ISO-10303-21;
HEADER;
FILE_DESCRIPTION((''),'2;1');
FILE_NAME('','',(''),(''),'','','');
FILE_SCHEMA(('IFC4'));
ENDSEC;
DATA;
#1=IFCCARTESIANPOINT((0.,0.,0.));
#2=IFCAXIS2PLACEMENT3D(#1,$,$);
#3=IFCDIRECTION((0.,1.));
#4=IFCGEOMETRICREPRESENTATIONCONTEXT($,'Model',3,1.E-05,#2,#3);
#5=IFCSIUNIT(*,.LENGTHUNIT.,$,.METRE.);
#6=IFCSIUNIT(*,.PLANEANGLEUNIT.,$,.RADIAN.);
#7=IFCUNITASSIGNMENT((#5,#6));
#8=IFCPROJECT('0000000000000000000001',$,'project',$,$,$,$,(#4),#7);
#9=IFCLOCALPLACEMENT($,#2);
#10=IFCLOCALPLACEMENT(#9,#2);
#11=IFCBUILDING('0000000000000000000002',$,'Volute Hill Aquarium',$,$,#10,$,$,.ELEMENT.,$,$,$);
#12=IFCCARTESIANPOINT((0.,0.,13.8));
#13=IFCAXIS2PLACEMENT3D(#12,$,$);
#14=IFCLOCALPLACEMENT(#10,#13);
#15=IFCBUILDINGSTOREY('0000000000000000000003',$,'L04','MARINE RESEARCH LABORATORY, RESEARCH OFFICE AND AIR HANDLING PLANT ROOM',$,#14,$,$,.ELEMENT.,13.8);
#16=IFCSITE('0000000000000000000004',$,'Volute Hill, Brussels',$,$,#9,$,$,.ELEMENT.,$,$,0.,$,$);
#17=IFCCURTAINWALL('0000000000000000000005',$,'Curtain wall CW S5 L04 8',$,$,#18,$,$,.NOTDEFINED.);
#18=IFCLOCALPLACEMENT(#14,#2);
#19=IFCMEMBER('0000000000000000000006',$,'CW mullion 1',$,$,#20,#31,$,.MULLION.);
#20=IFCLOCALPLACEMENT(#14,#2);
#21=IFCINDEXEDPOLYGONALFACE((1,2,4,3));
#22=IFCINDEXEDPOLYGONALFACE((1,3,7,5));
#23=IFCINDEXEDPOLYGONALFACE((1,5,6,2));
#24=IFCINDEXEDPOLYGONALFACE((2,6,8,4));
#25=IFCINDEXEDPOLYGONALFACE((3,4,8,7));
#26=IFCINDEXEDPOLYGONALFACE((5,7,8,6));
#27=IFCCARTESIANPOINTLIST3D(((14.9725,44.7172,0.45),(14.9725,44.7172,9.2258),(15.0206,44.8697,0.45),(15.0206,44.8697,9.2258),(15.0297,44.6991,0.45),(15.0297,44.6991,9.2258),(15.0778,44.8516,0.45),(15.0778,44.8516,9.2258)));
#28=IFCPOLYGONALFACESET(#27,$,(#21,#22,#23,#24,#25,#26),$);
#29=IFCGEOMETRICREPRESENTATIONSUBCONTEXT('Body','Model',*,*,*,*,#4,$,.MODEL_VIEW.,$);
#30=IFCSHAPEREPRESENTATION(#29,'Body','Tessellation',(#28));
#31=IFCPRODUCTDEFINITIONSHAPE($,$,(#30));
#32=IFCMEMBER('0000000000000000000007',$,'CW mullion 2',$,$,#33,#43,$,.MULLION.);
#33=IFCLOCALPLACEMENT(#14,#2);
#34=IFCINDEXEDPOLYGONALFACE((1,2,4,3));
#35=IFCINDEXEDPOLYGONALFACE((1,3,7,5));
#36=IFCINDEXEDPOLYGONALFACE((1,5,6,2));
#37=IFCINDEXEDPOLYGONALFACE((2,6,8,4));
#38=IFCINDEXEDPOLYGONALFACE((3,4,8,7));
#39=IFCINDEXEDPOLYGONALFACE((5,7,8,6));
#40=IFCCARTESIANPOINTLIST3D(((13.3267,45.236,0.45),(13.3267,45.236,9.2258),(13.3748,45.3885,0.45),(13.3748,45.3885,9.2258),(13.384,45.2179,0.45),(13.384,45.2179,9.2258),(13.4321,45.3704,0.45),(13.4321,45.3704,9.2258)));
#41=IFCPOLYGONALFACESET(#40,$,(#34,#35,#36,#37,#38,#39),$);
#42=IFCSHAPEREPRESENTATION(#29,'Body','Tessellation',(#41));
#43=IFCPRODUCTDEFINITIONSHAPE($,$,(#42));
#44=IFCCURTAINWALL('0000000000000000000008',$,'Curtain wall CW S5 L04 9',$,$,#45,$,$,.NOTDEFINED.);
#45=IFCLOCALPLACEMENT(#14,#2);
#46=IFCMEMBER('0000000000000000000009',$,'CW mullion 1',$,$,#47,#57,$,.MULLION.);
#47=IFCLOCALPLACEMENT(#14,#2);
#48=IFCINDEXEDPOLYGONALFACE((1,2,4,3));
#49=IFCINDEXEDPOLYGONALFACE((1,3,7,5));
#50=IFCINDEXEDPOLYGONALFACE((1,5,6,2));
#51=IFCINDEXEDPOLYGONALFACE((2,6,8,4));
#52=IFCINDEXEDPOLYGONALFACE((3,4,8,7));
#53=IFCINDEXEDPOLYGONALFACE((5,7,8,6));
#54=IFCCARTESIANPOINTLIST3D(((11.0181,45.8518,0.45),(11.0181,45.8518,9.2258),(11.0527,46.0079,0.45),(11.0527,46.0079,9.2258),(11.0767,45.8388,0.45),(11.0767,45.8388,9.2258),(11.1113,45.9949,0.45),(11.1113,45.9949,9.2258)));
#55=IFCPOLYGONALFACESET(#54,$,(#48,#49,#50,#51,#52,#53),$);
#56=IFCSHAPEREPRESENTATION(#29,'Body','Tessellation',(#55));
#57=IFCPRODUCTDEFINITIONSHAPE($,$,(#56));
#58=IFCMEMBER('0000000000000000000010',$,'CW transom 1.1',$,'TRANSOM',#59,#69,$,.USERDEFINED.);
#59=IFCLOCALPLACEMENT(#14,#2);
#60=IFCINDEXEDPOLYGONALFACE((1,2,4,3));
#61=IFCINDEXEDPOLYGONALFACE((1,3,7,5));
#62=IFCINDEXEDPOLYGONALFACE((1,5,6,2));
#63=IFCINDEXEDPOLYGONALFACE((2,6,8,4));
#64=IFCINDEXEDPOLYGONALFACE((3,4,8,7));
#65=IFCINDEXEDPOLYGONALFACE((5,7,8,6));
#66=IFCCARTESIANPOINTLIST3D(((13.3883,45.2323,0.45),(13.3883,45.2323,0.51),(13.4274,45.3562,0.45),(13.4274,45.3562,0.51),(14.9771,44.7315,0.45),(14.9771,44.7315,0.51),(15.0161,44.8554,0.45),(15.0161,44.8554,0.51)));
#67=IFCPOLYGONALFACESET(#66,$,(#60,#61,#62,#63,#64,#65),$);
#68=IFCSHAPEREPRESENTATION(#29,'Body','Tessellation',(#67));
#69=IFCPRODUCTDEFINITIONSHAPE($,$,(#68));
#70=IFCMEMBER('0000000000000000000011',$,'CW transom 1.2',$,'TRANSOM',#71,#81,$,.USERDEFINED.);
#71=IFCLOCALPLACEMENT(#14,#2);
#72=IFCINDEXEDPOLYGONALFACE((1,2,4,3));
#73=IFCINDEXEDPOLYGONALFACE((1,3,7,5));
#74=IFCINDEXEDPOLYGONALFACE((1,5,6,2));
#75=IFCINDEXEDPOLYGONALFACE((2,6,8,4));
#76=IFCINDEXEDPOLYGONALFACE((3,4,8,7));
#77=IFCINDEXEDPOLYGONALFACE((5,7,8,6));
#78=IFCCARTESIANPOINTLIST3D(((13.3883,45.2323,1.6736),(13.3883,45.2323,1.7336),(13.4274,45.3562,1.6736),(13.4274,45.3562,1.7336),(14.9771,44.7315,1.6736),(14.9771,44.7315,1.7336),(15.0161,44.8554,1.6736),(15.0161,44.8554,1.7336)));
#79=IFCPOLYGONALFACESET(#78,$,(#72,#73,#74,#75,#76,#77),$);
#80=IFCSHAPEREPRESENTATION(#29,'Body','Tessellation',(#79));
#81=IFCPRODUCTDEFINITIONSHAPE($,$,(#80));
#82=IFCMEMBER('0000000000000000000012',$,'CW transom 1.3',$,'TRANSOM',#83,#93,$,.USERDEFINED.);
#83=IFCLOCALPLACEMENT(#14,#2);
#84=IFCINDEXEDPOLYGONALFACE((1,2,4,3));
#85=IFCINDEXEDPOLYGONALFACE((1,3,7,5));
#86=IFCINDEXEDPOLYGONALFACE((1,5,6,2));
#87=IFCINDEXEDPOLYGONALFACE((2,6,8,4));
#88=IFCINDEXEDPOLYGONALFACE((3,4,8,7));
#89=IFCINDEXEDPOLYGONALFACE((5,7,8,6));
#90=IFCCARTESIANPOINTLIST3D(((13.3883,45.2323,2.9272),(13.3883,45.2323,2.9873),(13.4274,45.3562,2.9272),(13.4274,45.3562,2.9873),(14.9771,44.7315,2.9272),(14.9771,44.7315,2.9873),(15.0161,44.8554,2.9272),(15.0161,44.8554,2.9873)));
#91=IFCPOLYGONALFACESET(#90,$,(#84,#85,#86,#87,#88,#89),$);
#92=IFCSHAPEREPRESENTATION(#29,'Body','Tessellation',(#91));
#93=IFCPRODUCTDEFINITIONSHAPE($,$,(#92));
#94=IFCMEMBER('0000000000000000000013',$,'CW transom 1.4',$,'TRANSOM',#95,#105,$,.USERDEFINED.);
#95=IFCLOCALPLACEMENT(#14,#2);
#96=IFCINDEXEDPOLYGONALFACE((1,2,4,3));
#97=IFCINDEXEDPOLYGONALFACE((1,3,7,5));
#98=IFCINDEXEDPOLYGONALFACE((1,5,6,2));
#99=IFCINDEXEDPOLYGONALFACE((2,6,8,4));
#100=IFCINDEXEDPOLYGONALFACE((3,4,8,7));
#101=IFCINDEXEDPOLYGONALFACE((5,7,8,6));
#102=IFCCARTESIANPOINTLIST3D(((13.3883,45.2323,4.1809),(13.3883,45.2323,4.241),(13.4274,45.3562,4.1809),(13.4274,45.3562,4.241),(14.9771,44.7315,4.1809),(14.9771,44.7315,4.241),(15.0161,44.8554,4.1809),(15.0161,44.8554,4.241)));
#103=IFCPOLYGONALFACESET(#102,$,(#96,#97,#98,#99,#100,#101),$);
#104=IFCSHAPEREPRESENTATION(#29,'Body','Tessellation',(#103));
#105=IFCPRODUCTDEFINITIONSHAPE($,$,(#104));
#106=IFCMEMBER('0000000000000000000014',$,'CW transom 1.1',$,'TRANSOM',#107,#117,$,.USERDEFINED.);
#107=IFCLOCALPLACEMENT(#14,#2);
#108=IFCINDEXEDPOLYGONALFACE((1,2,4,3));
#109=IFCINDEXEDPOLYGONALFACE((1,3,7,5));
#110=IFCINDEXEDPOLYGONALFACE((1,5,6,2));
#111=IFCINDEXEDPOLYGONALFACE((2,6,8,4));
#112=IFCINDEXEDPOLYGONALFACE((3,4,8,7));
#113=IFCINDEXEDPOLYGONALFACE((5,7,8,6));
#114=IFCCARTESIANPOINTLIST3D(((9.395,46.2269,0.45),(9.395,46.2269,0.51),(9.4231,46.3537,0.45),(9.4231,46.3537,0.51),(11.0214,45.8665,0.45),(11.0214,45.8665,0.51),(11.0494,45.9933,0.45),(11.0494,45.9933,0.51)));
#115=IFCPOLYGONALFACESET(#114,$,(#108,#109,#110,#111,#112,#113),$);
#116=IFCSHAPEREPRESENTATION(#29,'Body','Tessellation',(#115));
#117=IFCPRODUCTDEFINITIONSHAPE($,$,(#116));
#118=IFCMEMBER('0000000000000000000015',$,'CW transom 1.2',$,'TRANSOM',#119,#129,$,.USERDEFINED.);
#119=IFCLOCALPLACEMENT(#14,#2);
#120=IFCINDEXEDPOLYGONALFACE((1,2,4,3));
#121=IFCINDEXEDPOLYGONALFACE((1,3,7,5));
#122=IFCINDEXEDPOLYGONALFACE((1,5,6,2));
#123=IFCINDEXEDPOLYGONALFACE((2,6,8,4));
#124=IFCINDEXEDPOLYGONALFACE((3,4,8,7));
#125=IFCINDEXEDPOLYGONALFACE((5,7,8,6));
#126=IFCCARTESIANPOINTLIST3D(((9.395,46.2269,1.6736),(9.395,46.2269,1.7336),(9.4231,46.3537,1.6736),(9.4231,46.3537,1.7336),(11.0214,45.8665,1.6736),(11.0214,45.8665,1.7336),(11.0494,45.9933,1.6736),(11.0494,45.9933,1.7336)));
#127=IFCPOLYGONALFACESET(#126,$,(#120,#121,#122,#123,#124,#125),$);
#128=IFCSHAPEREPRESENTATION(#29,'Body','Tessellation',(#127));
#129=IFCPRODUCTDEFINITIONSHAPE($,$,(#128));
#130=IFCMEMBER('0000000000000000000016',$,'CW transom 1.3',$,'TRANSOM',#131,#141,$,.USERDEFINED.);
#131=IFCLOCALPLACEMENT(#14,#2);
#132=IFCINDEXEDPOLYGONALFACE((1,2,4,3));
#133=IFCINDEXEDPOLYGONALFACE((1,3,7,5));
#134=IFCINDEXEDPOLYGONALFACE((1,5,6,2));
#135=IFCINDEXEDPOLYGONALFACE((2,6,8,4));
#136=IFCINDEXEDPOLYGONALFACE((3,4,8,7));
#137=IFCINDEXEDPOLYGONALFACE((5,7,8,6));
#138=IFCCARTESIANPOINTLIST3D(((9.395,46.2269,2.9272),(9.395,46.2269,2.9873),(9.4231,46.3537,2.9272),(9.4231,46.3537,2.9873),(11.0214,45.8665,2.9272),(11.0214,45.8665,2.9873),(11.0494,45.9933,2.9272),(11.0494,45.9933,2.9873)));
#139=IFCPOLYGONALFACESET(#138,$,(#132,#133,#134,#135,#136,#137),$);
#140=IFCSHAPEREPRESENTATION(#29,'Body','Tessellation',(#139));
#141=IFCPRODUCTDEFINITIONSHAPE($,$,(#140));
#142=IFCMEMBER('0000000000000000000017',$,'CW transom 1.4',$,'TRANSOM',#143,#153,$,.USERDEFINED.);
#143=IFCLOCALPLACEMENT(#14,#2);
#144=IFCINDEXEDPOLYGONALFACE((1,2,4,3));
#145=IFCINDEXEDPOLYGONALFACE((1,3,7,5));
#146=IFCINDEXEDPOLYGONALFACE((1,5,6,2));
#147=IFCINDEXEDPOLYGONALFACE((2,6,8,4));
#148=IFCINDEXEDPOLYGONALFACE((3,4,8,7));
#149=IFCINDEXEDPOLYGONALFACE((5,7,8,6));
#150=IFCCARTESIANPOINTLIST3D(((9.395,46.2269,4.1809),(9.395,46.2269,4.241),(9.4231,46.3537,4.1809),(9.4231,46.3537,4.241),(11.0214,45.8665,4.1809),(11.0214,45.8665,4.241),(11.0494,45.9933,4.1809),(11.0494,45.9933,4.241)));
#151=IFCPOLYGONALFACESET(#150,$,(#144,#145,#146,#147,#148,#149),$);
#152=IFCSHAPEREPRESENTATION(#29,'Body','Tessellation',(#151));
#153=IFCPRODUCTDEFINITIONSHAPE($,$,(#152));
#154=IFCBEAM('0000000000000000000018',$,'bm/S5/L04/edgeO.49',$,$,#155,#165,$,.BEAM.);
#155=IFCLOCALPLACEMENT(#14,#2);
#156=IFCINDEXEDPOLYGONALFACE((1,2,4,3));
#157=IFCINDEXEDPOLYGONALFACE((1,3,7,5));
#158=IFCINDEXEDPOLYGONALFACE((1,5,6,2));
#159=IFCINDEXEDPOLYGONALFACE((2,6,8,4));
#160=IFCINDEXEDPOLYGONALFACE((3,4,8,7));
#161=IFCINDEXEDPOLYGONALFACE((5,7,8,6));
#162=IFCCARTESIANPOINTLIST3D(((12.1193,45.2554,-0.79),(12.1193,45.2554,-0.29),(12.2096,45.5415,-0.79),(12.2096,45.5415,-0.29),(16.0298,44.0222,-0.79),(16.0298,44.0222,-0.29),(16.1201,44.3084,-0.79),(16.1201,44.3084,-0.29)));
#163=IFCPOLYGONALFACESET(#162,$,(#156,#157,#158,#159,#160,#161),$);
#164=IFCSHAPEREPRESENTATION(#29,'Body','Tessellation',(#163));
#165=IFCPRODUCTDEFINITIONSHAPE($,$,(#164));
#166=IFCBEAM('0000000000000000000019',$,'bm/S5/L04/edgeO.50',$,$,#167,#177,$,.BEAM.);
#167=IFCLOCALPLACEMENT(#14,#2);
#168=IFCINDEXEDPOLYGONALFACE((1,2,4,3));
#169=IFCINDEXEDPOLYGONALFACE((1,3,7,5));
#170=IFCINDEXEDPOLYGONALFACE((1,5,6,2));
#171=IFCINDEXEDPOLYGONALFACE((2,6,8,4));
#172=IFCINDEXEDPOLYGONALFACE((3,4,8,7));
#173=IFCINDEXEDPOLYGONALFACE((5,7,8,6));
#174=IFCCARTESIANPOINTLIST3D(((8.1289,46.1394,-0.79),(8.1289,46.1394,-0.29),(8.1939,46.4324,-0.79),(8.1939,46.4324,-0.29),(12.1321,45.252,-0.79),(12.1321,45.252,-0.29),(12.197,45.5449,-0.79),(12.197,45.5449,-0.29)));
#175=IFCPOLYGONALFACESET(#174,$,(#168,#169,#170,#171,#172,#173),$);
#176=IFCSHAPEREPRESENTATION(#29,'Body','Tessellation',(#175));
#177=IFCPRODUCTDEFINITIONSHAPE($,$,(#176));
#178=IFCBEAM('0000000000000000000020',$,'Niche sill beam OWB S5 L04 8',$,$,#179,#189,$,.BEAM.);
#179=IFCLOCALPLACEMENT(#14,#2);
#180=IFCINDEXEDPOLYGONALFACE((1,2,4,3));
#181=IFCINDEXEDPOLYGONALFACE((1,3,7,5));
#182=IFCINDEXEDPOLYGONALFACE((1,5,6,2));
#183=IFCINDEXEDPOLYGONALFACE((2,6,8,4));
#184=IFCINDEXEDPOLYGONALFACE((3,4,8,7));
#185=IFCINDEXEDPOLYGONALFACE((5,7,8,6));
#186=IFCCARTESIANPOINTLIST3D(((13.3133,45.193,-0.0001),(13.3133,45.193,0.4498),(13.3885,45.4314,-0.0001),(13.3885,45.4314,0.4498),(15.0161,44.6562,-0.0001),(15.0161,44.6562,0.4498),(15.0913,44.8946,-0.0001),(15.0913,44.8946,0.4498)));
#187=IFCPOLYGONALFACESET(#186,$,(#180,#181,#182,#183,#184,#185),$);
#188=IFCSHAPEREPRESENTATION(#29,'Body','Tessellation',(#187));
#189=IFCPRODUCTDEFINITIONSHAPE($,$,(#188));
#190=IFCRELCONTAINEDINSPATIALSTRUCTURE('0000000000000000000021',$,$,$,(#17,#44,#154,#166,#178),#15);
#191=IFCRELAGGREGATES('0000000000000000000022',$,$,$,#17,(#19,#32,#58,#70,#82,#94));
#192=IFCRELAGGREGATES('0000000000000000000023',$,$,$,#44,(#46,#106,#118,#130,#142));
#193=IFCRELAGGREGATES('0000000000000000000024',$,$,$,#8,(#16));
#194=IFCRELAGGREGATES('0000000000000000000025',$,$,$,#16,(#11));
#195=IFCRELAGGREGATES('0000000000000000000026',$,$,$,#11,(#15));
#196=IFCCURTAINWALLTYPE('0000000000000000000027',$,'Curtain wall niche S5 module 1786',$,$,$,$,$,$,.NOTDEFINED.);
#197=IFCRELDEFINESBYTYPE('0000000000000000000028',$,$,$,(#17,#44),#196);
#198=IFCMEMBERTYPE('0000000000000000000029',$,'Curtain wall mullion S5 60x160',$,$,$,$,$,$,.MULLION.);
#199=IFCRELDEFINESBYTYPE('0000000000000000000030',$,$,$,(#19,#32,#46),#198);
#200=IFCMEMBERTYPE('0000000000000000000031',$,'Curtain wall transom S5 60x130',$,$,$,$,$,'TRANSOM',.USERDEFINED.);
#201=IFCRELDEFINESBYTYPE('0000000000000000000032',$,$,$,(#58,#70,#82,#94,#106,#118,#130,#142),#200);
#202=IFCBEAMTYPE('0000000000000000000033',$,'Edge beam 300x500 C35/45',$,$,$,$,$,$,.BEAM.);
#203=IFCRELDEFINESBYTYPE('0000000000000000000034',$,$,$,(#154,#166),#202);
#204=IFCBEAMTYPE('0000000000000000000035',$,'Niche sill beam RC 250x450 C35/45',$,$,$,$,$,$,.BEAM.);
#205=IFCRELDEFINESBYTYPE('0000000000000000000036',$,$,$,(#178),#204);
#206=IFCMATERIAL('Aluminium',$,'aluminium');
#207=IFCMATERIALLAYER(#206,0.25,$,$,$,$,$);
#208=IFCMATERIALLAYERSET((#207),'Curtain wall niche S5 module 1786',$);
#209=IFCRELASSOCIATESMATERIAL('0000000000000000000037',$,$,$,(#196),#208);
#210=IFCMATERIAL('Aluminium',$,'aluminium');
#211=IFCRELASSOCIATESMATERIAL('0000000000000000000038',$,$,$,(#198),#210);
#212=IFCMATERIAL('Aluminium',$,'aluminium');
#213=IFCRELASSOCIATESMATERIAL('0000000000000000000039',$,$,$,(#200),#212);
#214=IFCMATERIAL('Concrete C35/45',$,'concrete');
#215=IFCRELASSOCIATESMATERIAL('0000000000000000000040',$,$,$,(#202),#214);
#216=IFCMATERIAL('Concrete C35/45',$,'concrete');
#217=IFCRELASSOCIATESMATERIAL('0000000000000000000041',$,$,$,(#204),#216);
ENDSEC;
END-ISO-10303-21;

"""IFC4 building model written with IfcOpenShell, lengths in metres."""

from ifc_helpers import new_model, si_unit, direction, frame, origin, origin_2d, place, context, subcontext, project, spatial, rectangle, extrude, material, layer, layer_set, material_profile, profile_set, type_object, element, aggregate, save


model = new_model("IFC4")

# Units and contexts
model_context = context("Model", 3, precision=1e-05, world=origin(), true_north=direction((0.0, 1.0)))
body_context = subcontext(model_context, "Body", "Model", "MODEL_VIEW")
ifc_project = project(units=[si_unit("LENGTHUNIT", "METRE"), si_unit("PLANEANGLEUNIT", "RADIAN")], contexts=[model_context])

# Site, building, storey
site_placement = place(None, origin())
site = spatial("IfcSite", under=ifc_project, at=site_placement, Name="Volute Hill, Brussels", CompositionType="ELEMENT", RefElevation=0.0)
building_placement = place(site_placement, origin())
building = spatial("IfcBuilding", under=site, at=building_placement, Name="Volute Hill Aquarium", CompositionType="ELEMENT")
storey_placement = place(building_placement, frame((0.0, 0.0, 13.8)))
storey = spatial("IfcBuildingStorey", under=building, at=storey_placement, Name="L04", Description="MARINE RESEARCH LABORATORY, RESEARCH OFFICE AND AIR HANDLING PLANT ROOM", CompositionType="ELEMENT", Elevation=13.8)

# Curtain wall, members
ifc_material_1 = material(Name="Aluminium", Category="aluminium")
ifc_layer_1 = layer(ifc_material_1, 0.25)
ifc_layer_set_1 = layer_set([ifc_layer_1], Name="Curtain wall niche S5 module 1786")
curtain_wall_type = type_object("IfcCurtainWallType", Name="Curtain wall niche S5 module 1786", PredefinedType="NOTDEFINED", material=ifc_layer_set_1)
curtain_wall_1_placement = place(storey_placement, origin())
curtain_wall_1 = element("IfcCurtainWall", 1, at=curtain_wall_1_placement, inside=storey, type_object=curtain_wall_type, Name="Curtain wall CW S5 L04 8", PredefinedType="NOTDEFINED")
ifc_material_2 = material(Name="Aluminium", Category="aluminium")
ifc_material_profile_1 = material_profile(ifc_material_2, rectangle(XDim=0.1599, YDim=0.0601, at=origin_2d()), Name="Curtain wall mullion S5 60x160")
ifc_profile_set_1 = profile_set([ifc_material_profile_1], Name="Aluminium")
member_type_1 = type_object("IfcMemberType", Name="Curtain wall mullion S5 60x160", PredefinedType="MULLION", material=ifc_profile_set_1)
member_1_placement = place(storey_placement, frame((15.0251, 44.7844, 0.45), z_axis=(0.0, 0.0, 1.0), x_axis=(-0.300704, -0.953718, 0.0)))
member_1 = element("IfcMember", 2, at=member_1_placement, type_object=member_type_1, Name="CW mullion 1", PredefinedType="MULLION", context=body_context, shape_type="SweptSolid", body=[
    extrude(rectangle(XDim=0.1599, YDim=0.0601, at=origin_2d()), origin(), (0.0, 0.0, 1.0), 8.7759),
])
member_2_placement = place(storey_placement, frame((13.3794, 45.3032, 0.45), z_axis=(0.0, 0.0, 1.0), x_axis=(-0.300704, -0.953718, 0.0)))
member_2 = element("IfcMember", 3, at=member_2_placement, type_object=member_type_1, Name="CW mullion 2", PredefinedType="MULLION", context=body_context, shape_type="SweptSolid", body=[
    extrude(rectangle(XDim=0.1599, YDim=0.0601, at=origin_2d()), origin(), (0.0, 0.0, 1.0), 8.7759),
])

# Curtain wall, member
curtain_wall_2_placement = place(storey_placement, origin())
curtain_wall_2 = element("IfcCurtainWall", 4, at=curtain_wall_2_placement, inside=storey, type_object=curtain_wall_type, Name="Curtain wall CW S5 L04 9", PredefinedType="NOTDEFINED")
member_3_placement = place(storey_placement, frame((11.0647, 45.9233, 0.45), z_axis=(0.0, 0.0, 1.0), x_axis=(-0.216422, -0.9763, 0.0)))
member_3 = element("IfcMember", 5, at=member_3_placement, type_object=member_type_1, Name="CW mullion 1", PredefinedType="MULLION", context=body_context, shape_type="SweptSolid", body=[
    extrude(rectangle(XDim=0.1599, YDim=0.0601, at=origin_2d()), origin(), (0.0, 0.0, 1.0), 8.7759),
])

# Members
ifc_material_3 = material(Name="Aluminium", Category="aluminium")
ifc_material_profile_2 = material_profile(ifc_material_3, rectangle(XDim=0.1299, YDim=0.0601, at=origin_2d()), Name="Curtain wall transom S5 60x130")
ifc_profile_set_2 = profile_set([ifc_material_profile_2], Name="Aluminium")
member_type_2 = type_object("IfcMemberType", Name="Curtain wall transom S5 60x130", ElementType="TRANSOM", PredefinedType="USERDEFINED", material=ifc_profile_set_2)
member_4_placement = place(storey_placement, frame((14.9966, 44.7935, 0.48), z_axis=(-0.953744, 0.300619, 0.0), x_axis=(-0.300619, -0.953744, 0.0)))
member_4 = element("IfcMember", 6, at=member_4_placement, type_object=member_type_2, Name="CW transom 1.1", ObjectType="TRANSOM", PredefinedType="USERDEFINED", context=body_context, shape_type="SweptSolid", body=[
    extrude(rectangle(XDim=0.1299, YDim=0.0601, at=origin_2d()), origin(), (0.0, 0.0, 1.0), 1.6658),
])
member_5_placement = place(storey_placement, frame((14.9966, 44.7935, 1.7036), z_axis=(-0.953744, 0.300619, 0.0), x_axis=(-0.300619, -0.953744, 0.0)))
member_5 = element("IfcMember", 7, at=member_5_placement, type_object=member_type_2, Name="CW transom 1.2", ObjectType="TRANSOM", PredefinedType="USERDEFINED", context=body_context, shape_type="SweptSolid", body=[
    extrude(rectangle(XDim=0.1299, YDim=0.0601, at=origin_2d()), origin(), (0.0, 0.0, 1.0), 1.6658),
])
member_6_placement = place(storey_placement, frame((14.9966, 44.7935, 2.9573), z_axis=(-0.953744, 0.300619, 0.0), x_axis=(-0.300619, -0.953744, 0.0)))
member_6 = element("IfcMember", 8, at=member_6_placement, type_object=member_type_2, Name="CW transom 1.3", ObjectType="TRANSOM", PredefinedType="USERDEFINED", context=body_context, shape_type="SweptSolid", body=[
    extrude(rectangle(XDim=0.1299, YDim=0.0601, at=origin_2d()), origin(), (0.0, 0.0, 1.0), 1.6658),
])
member_7_placement = place(storey_placement, frame((14.9966, 44.7935, 4.2109), z_axis=(-0.953744, 0.300619, 0.0), x_axis=(-0.300619, -0.953744, 0.0)))
member_7 = element("IfcMember", 9, at=member_7_placement, type_object=member_type_2, Name="CW transom 1.4", ObjectType="TRANSOM", PredefinedType="USERDEFINED", context=body_context, shape_type="SweptSolid", body=[
    extrude(rectangle(XDim=0.1299, YDim=0.0601, at=origin_2d()), origin(), (0.0, 0.0, 1.0), 1.6658),
])
member_8_placement = place(storey_placement, frame((11.0354, 45.9299, 0.48), z_axis=(-0.976318, 0.216341, 0.0), x_axis=(-0.216341, -0.976318, 0.0)))
member_8 = element("IfcMember", 10, at=member_8_placement, type_object=member_type_2, Name="CW transom 1.1", ObjectType="TRANSOM", PredefinedType="USERDEFINED", context=body_context, shape_type="SweptSolid", body=[
    extrude(rectangle(XDim=0.1299, YDim=0.0601, at=origin_2d()), origin(), (0.0, 0.0, 1.0), 1.6658),
])
member_9_placement = place(storey_placement, frame((11.0354, 45.9299, 1.7036), z_axis=(-0.976318, 0.216341, 0.0), x_axis=(-0.216341, -0.976318, 0.0)))
member_9 = element("IfcMember", 11, at=member_9_placement, type_object=member_type_2, Name="CW transom 1.2", ObjectType="TRANSOM", PredefinedType="USERDEFINED", context=body_context, shape_type="SweptSolid", body=[
    extrude(rectangle(XDim=0.1299, YDim=0.0601, at=origin_2d()), origin(), (0.0, 0.0, 1.0), 1.6658),
])
member_10_placement = place(storey_placement, frame((11.0354, 45.9299, 2.9573), z_axis=(-0.976318, 0.216341, 0.0), x_axis=(-0.216341, -0.976318, 0.0)))
member_10 = element("IfcMember", 12, at=member_10_placement, type_object=member_type_2, Name="CW transom 1.3", ObjectType="TRANSOM", PredefinedType="USERDEFINED", context=body_context, shape_type="SweptSolid", body=[
    extrude(rectangle(XDim=0.1299, YDim=0.0601, at=origin_2d()), origin(), (0.0, 0.0, 1.0), 1.6658),
])
member_11_placement = place(storey_placement, frame((11.0354, 45.9299, 4.2109), z_axis=(-0.976318, 0.216341, 0.0), x_axis=(-0.216341, -0.976318, 0.0)))
member_11 = element("IfcMember", 13, at=member_11_placement, type_object=member_type_2, Name="CW transom 1.4", ObjectType="TRANSOM", PredefinedType="USERDEFINED", context=body_context, shape_type="SweptSolid", body=[
    extrude(rectangle(XDim=0.1299, YDim=0.0601, at=origin_2d()), origin(), (0.0, 0.0, 1.0), 1.6658),
])

# Beams
ifc_material_4 = material(Name="Concrete C35/45", Category="concrete")
ifc_material_profile_3 = material_profile(ifc_material_4, rectangle(XDim=0.3, YDim=0.5, at=origin_2d()), Name="RC edge beam 300x500")
ifc_profile_set_3 = profile_set([ifc_material_profile_3], Name="Concrete C35/45")
beam_type_1 = type_object("IfcBeamType", Name="Edge beam 300x500 C35/45", PredefinedType="BEAM", material=ifc_profile_set_3)
for number, where, z_axis, x_axis, name in (
    (14, (16.075, 44.1653, -0.54), (-0.953702, 0.300752, 0.0), (-0.300752, -0.953702, 0.0), "bm/S5/L04/edgeO.49"),
    (15, (12.1646, 45.3984, -0.54), (-0.976298, 0.216432, 0.0), (-0.216432, -0.976298, 0.0), "bm/S5/L04/edgeO.50"),
):
    element("IfcBeam", number, at=place(storey_placement, frame(where, z_axis=z_axis, x_axis=x_axis)), inside=storey, type_object=beam_type_1, Name=name, PredefinedType="BEAM", context=body_context, shape_type="SweptSolid", body=[
        extrude(rectangle(XDim=0.3, YDim=0.5, at=origin_2d()), origin(), (0.0, 0.0, 1.0), 4.1003),
    ])
ifc_material_5 = material(Name="Concrete C35/45", Category="concrete")
ifc_material_profile_4 = material_profile(ifc_material_5, rectangle(XDim=0.25, YDim=0.45, at=origin_2d()), Name="RC beam 250x450")
ifc_profile_set_4 = profile_set([ifc_material_profile_4], Name="Concrete C35/45")
beam_type_2 = type_object("IfcBeamType", Name="Niche sill beam RC 250x450 C35/45", PredefinedType="BEAM", material=ifc_profile_set_4)
for number, where, z_axis, x_axis, name in (
    (16, (15.0537, 44.7754, 0.2249), (-0.953725, 0.30068, 0.0), (-0.30068, -0.953725, 0.0), "Niche sill beam OWB S5 L04 8"),
):
    element("IfcBeam", number, at=place(storey_placement, frame(where, z_axis=z_axis, x_axis=x_axis)), inside=storey, type_object=beam_type_2, Name=name, PredefinedType="BEAM", context=body_context, shape_type="SweptSolid", body=[
        extrude(rectangle(XDim=0.25, YDim=0.45, at=origin_2d()), origin(), (0.0, 0.0, 1.0), 1.7854),
    ])

aggregate(curtain_wall_1, [member_1, member_2, member_4, member_5, member_6, member_7])
aggregate(curtain_wall_2, [member_3, member_8, member_9, member_10, member_11])

save(model, "model.ifc")
